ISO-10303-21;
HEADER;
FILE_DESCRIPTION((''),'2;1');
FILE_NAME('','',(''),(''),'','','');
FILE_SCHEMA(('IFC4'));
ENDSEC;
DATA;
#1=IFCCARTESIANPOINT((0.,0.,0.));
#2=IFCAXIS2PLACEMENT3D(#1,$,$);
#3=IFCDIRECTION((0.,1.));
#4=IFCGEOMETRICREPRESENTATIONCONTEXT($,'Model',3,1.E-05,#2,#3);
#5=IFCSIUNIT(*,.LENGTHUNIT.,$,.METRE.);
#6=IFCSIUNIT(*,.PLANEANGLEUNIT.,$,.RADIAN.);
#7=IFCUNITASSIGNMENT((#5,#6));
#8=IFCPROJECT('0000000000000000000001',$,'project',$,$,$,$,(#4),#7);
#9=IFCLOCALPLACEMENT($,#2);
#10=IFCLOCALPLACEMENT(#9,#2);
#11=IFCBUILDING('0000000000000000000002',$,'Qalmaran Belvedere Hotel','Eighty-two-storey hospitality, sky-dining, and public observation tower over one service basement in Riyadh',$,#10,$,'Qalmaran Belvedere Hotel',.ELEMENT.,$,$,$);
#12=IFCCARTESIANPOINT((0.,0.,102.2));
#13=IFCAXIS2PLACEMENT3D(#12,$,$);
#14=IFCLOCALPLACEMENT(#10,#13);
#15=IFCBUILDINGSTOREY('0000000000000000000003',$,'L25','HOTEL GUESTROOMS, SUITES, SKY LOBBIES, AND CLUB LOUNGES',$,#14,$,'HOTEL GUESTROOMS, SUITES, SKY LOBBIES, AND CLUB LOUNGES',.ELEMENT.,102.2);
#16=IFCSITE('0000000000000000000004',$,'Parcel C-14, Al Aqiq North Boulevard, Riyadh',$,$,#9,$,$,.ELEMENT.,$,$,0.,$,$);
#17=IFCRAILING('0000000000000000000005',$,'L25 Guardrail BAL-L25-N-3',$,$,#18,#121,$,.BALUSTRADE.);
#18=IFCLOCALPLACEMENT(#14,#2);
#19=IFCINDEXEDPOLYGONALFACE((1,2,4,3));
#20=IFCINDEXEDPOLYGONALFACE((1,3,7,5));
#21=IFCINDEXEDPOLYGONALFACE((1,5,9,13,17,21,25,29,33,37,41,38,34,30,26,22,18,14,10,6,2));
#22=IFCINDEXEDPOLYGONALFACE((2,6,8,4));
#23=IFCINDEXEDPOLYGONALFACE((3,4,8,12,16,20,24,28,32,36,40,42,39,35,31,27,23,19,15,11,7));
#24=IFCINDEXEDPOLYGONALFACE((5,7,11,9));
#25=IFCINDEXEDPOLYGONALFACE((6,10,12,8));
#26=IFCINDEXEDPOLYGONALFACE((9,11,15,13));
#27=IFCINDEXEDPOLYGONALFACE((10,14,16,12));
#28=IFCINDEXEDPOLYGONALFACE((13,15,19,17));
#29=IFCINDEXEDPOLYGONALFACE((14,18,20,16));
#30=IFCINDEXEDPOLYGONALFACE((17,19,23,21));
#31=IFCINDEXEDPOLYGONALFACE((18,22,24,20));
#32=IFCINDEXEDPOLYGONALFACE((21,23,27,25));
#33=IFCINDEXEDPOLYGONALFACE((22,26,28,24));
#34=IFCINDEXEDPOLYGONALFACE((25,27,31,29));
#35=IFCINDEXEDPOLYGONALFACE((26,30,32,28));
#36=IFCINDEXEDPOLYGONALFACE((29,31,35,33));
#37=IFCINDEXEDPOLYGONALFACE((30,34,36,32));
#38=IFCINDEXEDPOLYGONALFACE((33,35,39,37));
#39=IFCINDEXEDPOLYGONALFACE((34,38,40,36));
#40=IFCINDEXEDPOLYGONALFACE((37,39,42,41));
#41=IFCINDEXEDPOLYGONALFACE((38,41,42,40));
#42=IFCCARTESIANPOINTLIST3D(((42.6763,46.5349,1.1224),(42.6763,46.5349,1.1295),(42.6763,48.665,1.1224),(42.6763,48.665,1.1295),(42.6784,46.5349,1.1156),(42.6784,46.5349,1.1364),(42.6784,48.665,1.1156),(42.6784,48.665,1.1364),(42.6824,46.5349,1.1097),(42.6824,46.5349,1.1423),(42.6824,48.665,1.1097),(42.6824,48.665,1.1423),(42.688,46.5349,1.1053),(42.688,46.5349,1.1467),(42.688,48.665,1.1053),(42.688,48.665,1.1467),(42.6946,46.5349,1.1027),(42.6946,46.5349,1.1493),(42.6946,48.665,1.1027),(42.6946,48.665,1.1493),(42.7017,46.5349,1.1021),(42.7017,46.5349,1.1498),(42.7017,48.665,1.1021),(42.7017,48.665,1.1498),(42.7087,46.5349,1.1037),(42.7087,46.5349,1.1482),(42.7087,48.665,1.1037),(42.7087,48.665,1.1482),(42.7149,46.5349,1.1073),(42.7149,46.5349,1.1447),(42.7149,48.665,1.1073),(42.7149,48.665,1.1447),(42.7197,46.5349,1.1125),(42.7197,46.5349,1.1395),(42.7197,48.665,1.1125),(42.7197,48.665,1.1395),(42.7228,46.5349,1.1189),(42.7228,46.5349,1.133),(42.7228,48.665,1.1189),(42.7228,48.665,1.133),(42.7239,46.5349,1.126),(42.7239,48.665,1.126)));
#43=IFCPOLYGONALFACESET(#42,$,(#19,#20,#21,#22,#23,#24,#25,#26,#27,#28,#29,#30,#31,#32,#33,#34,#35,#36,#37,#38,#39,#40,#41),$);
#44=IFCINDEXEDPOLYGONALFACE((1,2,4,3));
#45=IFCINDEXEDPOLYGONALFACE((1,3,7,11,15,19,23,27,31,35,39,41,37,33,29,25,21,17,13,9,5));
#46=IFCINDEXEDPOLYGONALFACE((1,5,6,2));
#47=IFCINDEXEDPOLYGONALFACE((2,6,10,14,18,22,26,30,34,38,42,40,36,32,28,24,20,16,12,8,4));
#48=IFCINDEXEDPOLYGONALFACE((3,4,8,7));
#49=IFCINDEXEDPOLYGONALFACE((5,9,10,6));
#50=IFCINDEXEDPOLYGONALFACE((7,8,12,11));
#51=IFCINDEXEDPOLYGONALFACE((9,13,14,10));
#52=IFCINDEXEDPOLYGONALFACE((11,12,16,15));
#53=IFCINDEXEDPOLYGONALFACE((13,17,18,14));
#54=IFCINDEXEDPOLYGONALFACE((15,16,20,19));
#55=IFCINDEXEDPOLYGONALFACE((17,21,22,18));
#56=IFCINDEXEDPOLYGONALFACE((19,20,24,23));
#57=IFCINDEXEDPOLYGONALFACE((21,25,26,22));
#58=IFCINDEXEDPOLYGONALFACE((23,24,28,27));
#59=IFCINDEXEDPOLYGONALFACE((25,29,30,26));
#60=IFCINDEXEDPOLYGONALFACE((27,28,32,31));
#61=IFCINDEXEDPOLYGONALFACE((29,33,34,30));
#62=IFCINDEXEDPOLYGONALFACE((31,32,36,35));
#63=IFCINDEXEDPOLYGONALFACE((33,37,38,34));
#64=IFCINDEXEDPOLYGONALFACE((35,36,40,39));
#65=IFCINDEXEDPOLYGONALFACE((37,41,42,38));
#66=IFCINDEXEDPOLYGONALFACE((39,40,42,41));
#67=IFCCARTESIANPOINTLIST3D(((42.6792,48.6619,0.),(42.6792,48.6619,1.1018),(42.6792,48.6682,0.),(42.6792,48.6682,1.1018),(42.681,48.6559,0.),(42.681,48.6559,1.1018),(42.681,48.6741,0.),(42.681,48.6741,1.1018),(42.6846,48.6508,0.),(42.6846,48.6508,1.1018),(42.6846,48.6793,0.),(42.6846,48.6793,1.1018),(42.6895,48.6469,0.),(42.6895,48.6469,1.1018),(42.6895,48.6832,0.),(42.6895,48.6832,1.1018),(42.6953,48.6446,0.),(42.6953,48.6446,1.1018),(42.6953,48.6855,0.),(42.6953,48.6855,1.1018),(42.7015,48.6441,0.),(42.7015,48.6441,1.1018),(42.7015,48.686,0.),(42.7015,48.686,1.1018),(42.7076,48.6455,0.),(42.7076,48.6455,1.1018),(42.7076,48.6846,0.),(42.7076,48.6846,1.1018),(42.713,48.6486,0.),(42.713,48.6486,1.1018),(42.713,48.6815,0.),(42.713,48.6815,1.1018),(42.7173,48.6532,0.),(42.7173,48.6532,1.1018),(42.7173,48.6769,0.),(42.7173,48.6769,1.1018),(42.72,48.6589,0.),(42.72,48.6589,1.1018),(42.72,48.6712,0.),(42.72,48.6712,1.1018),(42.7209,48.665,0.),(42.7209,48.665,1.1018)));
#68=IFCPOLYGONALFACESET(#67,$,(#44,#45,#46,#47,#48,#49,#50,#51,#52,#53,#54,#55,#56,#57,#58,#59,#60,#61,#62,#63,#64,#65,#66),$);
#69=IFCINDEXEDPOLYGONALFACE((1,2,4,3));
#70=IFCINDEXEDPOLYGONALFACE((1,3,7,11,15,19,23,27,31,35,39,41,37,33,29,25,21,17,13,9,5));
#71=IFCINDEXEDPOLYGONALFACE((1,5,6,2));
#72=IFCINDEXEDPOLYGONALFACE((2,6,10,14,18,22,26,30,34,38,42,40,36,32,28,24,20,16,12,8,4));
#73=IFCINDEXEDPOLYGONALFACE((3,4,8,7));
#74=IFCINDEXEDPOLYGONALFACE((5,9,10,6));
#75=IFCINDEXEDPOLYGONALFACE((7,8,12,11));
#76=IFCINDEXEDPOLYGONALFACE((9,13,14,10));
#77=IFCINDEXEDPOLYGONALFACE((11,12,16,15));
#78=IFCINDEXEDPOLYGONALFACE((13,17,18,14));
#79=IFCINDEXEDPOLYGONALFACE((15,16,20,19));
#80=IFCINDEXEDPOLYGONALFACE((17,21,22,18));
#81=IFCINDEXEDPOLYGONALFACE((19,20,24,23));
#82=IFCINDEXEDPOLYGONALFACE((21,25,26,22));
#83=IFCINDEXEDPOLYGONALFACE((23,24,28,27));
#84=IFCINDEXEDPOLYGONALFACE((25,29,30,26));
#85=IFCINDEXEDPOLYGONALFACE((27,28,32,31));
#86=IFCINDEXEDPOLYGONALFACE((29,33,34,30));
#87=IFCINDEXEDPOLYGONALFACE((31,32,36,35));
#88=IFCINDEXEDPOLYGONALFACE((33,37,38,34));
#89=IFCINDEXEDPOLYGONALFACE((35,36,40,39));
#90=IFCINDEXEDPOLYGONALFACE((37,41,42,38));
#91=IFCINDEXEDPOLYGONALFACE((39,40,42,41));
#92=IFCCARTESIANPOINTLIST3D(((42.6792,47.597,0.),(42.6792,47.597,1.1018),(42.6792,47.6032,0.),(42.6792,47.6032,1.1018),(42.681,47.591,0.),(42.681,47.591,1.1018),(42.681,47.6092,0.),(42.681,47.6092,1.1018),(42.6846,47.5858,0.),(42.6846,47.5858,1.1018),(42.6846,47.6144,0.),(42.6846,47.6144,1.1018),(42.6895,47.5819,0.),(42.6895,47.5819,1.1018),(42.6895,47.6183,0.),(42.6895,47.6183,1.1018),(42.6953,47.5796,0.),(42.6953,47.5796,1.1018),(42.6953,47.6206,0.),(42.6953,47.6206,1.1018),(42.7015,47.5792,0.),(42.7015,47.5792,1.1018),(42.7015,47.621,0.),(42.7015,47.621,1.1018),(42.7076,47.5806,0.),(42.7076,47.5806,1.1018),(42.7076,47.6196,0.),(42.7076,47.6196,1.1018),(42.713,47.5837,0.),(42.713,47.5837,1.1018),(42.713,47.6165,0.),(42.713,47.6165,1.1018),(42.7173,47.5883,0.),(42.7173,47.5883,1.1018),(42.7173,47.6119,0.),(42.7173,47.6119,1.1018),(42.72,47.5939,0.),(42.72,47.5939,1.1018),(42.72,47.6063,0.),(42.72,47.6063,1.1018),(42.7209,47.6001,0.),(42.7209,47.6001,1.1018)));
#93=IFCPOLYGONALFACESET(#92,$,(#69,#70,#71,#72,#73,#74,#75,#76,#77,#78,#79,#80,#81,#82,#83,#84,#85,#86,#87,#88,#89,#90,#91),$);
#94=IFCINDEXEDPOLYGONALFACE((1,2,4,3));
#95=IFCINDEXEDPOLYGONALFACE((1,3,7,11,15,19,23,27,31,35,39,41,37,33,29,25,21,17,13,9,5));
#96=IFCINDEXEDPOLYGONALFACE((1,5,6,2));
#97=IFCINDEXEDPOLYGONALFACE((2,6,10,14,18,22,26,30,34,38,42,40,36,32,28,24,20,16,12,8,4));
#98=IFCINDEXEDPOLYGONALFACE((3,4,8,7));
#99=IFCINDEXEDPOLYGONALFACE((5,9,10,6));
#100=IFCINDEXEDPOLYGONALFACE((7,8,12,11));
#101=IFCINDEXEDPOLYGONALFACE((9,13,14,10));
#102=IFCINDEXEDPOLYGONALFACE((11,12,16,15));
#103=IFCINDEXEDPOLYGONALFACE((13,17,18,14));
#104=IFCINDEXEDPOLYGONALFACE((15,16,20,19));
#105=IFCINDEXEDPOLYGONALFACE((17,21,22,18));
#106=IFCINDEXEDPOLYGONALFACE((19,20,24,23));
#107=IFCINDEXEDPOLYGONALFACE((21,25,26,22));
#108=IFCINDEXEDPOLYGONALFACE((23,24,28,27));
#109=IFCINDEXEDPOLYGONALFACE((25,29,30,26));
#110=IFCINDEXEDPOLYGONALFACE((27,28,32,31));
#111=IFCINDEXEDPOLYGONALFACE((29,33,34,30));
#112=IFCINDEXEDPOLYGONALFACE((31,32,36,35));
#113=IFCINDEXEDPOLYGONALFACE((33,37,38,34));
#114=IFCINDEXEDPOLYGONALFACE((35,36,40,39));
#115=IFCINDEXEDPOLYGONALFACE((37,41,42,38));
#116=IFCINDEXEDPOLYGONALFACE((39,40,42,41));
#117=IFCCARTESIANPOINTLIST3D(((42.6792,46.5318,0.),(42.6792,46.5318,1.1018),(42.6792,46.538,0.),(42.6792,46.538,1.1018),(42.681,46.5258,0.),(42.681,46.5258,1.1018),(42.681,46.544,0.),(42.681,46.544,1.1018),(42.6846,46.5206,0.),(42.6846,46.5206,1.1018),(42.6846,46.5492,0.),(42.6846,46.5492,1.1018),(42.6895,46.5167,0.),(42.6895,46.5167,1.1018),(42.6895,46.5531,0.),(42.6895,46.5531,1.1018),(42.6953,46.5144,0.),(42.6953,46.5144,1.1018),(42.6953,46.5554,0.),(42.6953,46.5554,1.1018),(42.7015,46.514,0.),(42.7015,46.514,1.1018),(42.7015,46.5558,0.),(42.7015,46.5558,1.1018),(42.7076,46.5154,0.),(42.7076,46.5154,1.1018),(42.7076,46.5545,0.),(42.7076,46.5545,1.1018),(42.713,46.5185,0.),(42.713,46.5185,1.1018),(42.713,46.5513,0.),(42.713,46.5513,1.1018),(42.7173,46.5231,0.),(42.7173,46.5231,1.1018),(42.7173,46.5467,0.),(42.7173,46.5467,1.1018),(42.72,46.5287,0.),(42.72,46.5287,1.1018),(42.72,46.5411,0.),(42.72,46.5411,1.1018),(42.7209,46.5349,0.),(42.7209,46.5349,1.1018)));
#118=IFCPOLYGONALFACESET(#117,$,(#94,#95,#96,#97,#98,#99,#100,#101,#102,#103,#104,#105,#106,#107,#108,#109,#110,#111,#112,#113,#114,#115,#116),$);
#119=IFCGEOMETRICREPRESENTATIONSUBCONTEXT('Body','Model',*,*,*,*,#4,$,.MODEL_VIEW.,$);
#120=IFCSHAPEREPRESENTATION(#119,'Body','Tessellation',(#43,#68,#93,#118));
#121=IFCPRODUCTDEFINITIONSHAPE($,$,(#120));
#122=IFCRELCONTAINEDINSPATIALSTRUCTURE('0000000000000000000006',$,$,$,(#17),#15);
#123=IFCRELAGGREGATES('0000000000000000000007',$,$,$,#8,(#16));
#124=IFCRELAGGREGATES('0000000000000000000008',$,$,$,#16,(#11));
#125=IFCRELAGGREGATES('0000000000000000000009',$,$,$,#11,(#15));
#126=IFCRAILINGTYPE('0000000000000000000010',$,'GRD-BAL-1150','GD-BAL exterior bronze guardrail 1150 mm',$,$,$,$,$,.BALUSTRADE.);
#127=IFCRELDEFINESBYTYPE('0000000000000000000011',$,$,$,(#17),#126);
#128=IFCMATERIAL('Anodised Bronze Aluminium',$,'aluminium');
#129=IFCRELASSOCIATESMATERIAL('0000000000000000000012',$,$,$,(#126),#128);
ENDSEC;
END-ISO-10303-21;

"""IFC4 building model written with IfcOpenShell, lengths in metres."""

from ifc_helpers import new_model, si_unit, direction, frame, origin, origin_2d, place, context, subcontext, project, spatial, circle, extrude, material, type_object, element, save


model = new_model("IFC4")

# Units and contexts
model_context = context("Model", 3, precision=1e-05, world=origin(), true_north=direction((0.0, 1.0)))
body_context = subcontext(model_context, "Body", "Model", "MODEL_VIEW")
ifc_project = project(units=[si_unit("LENGTHUNIT", "METRE"), si_unit("PLANEANGLEUNIT", "RADIAN")], contexts=[model_context])

# Site, building, storey
site_placement = place(None, origin())
site = spatial("IfcSite", under=ifc_project, at=site_placement, Name="Parcel C-14, Al Aqiq North Boulevard, Riyadh", CompositionType="ELEMENT", RefElevation=0.0)
building_placement = place(site_placement, origin())
building = spatial("IfcBuilding", under=site, at=building_placement, Name="Qalmaran Belvedere Hotel", Description="Eighty-two-storey hospitality, sky-dining, and public observation tower over one service basement in Riyadh", LongName="Qalmaran Belvedere Hotel", CompositionType="ELEMENT")
storey_placement = place(building_placement, frame((0.0, 0.0, 102.2)))
storey = spatial("IfcBuildingStorey", under=building, at=storey_placement, Name="L25", Description="HOTEL GUESTROOMS, SUITES, SKY LOBBIES, AND CLUB LOUNGES", LongName="HOTEL GUESTROOMS, SUITES, SKY LOBBIES, AND CLUB LOUNGES", CompositionType="ELEMENT", Elevation=102.2)

# Shared definitions
ifc_material_1 = material(Name="Anodised Bronze Aluminium", Category="aluminium")

# Railing
railing_type = type_object("IfcRailingType", Name="GRD-BAL-1150", Description="GD-BAL exterior bronze guardrail 1150 mm", PredefinedType="BALUSTRADE", material=ifc_material_1)
railing_1_placement = place(storey_placement, frame((42.7, 48.665, 0.0)))
element("IfcRailing", 1, at=railing_1_placement, inside=storey, type_object=railing_type, Name="L25 Guardrail BAL-L25-N-3", PredefinedType="BALUSTRADE", context=body_context, shape_type="SweptSolid", body=[
    extrude(circle(Radius=0.0239, at=origin_2d()), frame((0.0, 0.0, 1.126), z_axis=(0.0, -1.0, 0.0), x_axis=(1.0, 0.0, 0.0)), (0.0, 0.0, 1.0), 2.1301),
    extrude(circle(Radius=0.021, at=origin_2d()), origin(), (0.0, 0.0, 1.0), 1.1018),
    extrude(circle(Radius=0.021, at=origin_2d()), frame((0.0, -1.0649, 0.0)), (0.0, 0.0, 1.0), 1.1018),
    extrude(circle(Radius=0.021, at=origin_2d()), frame((0.0, -2.1301, 0.0)), (0.0, 0.0, 1.0), 1.1018),
])

save(model, "model.ifc")
